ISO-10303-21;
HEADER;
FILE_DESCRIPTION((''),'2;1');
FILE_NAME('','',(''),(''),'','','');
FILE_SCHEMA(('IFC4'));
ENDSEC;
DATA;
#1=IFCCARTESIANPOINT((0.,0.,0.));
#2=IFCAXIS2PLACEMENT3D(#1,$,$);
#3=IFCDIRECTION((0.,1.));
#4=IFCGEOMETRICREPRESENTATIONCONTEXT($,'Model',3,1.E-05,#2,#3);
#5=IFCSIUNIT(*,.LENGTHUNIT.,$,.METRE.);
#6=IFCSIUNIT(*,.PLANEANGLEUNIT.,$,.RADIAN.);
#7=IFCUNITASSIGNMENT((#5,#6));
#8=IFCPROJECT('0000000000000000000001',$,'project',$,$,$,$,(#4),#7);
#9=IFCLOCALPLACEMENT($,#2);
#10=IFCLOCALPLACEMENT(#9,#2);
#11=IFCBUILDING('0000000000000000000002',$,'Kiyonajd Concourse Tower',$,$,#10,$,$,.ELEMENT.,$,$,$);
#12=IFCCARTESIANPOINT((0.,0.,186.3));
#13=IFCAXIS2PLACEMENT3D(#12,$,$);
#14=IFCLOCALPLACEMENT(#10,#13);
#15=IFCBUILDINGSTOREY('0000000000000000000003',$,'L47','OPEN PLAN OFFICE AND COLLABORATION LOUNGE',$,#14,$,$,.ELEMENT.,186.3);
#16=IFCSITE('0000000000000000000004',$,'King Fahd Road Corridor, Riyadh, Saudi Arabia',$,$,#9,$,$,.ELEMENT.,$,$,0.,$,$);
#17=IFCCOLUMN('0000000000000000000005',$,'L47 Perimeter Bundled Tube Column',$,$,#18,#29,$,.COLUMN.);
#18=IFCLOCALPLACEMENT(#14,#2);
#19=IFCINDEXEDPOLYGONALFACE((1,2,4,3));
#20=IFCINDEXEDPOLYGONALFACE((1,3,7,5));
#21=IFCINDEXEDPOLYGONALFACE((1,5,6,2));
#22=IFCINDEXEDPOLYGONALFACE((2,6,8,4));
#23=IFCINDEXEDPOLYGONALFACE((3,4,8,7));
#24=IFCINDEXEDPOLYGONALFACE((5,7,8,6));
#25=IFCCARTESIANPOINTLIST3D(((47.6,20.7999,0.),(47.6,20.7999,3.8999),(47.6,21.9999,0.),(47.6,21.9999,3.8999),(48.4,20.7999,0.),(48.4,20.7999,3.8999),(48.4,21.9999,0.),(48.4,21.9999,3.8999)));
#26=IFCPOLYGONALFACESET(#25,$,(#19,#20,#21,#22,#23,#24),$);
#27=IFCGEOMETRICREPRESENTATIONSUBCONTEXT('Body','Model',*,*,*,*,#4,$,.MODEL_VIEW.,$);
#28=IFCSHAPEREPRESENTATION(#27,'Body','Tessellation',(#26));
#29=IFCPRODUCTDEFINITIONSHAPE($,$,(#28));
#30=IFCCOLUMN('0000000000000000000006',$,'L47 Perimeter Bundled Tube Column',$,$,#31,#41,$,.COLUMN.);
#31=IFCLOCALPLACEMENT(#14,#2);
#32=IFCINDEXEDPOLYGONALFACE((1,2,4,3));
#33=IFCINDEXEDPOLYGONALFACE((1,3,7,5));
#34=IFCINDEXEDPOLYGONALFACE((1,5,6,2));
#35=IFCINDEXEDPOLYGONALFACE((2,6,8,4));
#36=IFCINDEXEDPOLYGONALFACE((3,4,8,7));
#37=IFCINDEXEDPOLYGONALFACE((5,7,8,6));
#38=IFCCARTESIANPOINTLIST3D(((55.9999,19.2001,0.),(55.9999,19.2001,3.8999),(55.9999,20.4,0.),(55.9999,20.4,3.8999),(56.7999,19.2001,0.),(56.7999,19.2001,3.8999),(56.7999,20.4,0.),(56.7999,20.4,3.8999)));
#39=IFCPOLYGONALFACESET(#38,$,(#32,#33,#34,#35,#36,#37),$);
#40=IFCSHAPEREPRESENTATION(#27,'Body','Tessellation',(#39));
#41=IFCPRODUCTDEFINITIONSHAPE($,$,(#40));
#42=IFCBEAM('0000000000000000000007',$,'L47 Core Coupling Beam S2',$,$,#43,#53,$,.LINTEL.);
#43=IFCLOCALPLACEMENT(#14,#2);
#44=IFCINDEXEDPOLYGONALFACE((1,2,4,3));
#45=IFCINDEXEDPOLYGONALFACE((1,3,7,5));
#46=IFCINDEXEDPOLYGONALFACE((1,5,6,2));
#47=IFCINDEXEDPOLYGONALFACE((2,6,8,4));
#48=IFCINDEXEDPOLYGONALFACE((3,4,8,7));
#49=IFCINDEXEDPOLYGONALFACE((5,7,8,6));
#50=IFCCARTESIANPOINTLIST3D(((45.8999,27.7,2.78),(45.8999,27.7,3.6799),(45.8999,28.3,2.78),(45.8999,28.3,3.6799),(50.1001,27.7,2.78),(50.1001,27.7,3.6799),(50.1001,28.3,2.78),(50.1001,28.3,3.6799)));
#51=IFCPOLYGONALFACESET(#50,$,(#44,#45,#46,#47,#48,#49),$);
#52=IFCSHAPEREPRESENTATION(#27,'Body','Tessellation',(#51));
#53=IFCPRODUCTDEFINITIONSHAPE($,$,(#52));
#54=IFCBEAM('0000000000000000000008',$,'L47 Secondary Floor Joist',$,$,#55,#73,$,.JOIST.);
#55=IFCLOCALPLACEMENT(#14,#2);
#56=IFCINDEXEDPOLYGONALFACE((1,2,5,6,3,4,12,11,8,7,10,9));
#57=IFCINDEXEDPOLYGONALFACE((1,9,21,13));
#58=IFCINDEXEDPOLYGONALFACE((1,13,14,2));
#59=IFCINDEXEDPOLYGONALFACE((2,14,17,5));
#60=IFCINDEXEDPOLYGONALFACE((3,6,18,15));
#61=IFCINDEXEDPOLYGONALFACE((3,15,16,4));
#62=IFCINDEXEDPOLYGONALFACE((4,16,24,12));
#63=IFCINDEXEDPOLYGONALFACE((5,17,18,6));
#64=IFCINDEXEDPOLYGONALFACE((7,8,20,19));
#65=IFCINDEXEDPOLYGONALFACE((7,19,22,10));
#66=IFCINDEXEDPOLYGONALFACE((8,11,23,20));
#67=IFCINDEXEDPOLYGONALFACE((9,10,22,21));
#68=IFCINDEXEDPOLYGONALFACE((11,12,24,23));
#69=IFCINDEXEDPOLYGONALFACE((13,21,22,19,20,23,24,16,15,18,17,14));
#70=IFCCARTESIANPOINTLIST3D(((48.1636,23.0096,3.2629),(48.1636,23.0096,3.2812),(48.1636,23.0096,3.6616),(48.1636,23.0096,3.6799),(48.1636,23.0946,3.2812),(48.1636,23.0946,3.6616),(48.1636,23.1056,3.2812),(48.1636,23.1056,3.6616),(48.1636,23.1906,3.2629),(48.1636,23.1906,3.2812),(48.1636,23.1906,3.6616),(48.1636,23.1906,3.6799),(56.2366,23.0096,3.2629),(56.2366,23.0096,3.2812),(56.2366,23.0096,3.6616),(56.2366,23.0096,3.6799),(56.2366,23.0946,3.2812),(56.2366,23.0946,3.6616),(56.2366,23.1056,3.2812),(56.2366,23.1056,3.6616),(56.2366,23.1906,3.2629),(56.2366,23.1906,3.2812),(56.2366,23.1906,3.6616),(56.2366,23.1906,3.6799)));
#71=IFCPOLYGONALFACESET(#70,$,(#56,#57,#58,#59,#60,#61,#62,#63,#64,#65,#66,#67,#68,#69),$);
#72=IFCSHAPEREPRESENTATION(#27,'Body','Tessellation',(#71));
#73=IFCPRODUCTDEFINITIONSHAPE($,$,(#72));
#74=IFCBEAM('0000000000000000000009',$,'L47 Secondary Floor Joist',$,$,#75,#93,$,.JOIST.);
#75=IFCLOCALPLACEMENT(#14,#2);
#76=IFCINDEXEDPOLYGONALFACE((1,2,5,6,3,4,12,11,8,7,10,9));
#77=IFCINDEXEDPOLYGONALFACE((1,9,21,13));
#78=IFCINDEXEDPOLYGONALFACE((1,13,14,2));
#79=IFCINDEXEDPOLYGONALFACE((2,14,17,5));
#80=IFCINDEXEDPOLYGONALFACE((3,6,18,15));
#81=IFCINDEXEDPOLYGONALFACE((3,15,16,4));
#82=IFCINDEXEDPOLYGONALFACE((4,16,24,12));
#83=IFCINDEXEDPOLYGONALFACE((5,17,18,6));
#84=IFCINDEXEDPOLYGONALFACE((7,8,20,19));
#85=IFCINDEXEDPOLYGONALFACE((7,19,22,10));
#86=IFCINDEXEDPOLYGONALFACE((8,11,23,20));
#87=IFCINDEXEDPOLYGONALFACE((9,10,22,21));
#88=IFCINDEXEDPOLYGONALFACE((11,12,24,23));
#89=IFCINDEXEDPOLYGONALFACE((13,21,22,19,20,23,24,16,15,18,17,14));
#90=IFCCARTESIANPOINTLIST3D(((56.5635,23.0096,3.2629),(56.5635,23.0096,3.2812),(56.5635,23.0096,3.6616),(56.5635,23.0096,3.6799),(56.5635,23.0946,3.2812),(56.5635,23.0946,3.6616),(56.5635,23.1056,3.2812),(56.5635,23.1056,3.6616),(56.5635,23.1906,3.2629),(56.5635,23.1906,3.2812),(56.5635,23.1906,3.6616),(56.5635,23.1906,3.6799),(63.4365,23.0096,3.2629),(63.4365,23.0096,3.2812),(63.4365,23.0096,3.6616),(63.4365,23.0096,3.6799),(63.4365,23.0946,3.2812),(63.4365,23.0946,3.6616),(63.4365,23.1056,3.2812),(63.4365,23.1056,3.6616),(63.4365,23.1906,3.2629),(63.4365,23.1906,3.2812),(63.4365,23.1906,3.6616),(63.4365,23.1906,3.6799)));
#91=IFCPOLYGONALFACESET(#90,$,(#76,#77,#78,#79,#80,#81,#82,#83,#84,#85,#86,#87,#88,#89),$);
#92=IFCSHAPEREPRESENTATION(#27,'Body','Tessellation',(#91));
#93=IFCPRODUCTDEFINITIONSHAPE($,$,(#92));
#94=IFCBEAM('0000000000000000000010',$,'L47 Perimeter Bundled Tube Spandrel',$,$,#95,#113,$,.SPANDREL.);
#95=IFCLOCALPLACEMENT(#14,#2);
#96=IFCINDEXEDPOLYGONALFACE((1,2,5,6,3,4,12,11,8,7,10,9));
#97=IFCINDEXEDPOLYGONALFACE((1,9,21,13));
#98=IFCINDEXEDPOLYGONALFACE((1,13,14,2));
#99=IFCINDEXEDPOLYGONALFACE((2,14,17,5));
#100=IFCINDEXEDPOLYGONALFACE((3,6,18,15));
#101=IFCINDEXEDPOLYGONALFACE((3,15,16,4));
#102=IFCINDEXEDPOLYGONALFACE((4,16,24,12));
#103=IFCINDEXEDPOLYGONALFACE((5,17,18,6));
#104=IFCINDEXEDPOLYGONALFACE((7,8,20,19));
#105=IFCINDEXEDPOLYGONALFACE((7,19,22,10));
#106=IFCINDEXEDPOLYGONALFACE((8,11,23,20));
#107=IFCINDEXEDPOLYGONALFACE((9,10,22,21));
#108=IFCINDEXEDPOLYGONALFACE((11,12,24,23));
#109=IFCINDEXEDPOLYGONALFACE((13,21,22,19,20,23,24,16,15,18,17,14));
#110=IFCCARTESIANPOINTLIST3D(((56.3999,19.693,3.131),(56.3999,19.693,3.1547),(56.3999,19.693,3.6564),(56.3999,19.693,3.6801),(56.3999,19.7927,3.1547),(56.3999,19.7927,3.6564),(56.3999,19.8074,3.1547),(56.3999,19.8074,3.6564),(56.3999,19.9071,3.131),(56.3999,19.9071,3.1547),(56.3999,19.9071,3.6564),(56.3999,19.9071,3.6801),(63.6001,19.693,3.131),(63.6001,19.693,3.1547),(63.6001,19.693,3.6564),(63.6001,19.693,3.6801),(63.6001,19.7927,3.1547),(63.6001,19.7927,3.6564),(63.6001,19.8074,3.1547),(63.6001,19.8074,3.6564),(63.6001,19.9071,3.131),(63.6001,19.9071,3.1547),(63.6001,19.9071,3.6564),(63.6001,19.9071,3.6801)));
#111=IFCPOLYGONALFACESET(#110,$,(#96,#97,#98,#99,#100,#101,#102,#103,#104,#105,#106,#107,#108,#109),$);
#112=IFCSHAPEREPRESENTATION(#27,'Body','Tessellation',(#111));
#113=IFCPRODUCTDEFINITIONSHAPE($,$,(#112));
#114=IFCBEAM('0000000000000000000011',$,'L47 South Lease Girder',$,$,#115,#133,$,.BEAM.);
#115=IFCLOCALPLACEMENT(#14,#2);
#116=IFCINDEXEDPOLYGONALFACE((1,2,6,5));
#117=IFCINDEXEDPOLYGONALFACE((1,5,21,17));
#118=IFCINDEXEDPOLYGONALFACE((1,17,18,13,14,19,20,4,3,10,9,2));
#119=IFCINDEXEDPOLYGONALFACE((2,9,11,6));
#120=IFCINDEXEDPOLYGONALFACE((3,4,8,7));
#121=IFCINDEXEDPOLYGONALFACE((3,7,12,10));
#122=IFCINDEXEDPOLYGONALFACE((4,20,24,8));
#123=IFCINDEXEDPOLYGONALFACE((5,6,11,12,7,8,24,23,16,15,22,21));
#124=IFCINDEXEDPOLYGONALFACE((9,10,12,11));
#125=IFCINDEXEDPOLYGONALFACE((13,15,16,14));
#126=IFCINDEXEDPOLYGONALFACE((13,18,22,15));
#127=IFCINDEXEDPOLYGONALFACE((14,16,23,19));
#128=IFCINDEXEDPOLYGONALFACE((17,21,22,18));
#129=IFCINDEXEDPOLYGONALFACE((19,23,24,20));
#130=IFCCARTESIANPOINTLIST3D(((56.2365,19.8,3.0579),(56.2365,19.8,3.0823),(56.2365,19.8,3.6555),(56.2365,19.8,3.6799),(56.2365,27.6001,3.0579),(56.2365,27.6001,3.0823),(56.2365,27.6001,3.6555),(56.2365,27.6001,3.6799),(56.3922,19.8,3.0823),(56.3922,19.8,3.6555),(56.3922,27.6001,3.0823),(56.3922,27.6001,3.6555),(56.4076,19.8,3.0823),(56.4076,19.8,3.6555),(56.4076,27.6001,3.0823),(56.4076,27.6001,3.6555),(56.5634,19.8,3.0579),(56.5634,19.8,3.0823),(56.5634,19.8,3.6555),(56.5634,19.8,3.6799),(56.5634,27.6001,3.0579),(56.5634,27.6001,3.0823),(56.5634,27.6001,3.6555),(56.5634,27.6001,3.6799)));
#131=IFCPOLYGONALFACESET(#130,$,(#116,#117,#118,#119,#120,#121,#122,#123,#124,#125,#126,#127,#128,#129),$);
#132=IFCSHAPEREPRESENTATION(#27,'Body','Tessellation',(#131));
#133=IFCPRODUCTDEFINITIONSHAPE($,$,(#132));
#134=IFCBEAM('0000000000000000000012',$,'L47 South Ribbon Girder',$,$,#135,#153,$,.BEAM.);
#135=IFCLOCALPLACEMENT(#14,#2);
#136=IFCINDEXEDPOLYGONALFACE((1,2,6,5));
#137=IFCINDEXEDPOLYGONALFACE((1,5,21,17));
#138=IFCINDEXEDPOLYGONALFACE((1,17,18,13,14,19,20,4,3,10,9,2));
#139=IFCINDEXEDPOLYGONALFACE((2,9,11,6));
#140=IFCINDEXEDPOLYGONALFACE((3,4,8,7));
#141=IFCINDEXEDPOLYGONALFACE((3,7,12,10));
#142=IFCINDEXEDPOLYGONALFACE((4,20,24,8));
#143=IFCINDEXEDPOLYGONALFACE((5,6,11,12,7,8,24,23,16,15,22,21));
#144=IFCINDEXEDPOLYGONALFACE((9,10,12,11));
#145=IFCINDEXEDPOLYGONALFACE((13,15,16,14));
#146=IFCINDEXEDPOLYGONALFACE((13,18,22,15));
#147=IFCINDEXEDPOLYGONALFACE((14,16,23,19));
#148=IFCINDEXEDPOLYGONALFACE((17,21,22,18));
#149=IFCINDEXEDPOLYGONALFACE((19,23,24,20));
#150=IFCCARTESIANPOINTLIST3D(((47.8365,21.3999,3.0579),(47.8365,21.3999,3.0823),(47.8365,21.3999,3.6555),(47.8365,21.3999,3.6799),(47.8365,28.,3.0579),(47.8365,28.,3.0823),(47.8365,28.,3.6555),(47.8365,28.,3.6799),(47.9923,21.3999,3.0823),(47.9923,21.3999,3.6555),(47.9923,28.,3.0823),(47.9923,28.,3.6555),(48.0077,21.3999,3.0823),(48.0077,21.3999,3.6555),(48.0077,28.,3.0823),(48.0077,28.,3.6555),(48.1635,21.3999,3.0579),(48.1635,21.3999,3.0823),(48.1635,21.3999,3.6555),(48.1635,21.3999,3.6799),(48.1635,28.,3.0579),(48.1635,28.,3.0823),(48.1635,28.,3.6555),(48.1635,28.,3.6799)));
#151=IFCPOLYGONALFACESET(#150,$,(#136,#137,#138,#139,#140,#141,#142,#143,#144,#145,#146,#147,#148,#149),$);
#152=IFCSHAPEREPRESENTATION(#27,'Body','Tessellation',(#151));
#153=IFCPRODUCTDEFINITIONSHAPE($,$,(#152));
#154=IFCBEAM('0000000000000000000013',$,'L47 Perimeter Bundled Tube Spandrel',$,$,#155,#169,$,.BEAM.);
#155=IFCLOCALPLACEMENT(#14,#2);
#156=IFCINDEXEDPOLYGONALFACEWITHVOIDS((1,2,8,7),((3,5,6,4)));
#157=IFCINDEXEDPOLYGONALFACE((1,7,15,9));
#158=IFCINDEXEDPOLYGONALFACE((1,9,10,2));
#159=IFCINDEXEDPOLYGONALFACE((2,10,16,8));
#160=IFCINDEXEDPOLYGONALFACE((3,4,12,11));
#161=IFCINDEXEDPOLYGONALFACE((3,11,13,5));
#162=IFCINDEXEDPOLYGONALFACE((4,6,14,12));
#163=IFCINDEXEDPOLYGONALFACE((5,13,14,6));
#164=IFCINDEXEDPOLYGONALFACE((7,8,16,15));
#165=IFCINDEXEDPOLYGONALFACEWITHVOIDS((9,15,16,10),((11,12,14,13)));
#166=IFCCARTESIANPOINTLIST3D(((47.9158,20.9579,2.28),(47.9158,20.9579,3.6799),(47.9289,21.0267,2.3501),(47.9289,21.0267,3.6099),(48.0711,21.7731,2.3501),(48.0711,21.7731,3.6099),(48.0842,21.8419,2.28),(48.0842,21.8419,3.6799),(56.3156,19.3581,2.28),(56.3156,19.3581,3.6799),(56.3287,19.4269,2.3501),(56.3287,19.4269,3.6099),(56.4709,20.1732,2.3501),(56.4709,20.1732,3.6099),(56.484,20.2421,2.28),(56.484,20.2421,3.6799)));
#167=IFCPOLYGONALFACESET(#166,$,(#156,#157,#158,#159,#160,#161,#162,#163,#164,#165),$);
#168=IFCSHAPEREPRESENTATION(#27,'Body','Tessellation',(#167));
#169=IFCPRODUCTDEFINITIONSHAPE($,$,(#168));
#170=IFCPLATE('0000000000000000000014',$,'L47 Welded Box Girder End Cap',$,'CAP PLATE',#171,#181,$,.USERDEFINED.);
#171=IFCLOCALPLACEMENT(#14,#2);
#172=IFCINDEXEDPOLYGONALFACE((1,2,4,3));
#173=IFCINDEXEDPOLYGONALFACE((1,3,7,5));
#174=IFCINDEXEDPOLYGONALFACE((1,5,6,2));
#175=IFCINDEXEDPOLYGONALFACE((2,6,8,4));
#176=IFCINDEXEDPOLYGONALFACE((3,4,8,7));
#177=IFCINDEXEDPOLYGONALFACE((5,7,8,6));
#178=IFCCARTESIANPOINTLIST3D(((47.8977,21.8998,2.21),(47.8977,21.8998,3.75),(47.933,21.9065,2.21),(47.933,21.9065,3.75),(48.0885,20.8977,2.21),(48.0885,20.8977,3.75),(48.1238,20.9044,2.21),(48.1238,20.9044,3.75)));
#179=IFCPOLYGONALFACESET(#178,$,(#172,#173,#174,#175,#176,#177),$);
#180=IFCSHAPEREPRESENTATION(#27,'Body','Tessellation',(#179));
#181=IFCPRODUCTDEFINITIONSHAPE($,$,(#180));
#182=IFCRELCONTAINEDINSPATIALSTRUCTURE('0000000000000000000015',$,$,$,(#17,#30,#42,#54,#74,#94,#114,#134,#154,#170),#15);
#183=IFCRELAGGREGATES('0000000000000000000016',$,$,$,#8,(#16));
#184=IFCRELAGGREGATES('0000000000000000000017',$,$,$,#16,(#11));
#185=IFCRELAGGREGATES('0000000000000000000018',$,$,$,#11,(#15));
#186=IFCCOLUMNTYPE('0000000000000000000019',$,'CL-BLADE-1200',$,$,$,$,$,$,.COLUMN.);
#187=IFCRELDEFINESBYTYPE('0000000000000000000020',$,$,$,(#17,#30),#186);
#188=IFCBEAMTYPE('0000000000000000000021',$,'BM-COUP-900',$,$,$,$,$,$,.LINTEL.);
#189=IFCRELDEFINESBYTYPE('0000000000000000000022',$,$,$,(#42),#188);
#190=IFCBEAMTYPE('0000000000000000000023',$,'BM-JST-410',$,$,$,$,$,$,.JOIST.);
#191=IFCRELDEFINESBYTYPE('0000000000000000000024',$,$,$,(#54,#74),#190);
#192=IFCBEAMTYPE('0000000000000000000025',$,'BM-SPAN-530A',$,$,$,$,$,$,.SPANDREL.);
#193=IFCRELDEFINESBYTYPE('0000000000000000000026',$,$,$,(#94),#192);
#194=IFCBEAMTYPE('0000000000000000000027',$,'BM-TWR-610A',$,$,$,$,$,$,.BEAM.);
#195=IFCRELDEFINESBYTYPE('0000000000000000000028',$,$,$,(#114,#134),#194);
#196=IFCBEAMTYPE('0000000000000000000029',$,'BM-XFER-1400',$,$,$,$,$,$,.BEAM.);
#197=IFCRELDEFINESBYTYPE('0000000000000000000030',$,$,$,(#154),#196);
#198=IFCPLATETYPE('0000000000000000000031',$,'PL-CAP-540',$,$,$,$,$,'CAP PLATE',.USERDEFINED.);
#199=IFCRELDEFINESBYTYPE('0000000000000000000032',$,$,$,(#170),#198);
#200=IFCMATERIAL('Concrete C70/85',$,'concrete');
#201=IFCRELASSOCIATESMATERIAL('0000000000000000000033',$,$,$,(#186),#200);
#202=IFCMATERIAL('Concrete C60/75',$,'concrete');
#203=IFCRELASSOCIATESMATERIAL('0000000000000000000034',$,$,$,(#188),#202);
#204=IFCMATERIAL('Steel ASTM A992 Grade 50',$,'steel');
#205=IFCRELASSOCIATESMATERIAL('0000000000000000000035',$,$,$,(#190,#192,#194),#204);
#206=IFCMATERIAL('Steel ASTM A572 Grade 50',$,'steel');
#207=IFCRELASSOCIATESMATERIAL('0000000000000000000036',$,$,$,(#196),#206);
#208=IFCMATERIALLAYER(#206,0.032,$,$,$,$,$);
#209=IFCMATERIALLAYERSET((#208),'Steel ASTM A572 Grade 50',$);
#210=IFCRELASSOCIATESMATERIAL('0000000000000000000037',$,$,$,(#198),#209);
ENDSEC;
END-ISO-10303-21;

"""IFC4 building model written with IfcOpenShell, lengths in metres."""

from ifc_helpers import new_model, si_unit, direction, frame, origin, origin_2d, place, context, subcontext, project, spatial, rectangle, hollow_rectangle, i_section, extrude, material, layer, layer_set, material_profile, profile_set, type_object, element, save


model = new_model("IFC4")

# Units and contexts
model_context = context("Model", 3, precision=1e-05, world=origin(), true_north=direction((0.0, 1.0)))
body_context = subcontext(model_context, "Body", "Model", "MODEL_VIEW")
ifc_project = project(units=[si_unit("LENGTHUNIT", "METRE"), si_unit("PLANEANGLEUNIT", "RADIAN")], contexts=[model_context])

# Site, building, storey
site_placement = place(None, origin())
site = spatial("IfcSite", under=ifc_project, at=site_placement, Name="King Fahd Road Corridor, Riyadh, Saudi Arabia", CompositionType="ELEMENT", RefElevation=0.0)
building_placement = place(site_placement, origin())
building = spatial("IfcBuilding", under=site, at=building_placement, Name="Kiyonajd Concourse Tower", CompositionType="ELEMENT")
storey_placement = place(building_placement, frame((0.0, 0.0, 186.3)))
storey = spatial("IfcBuildingStorey", under=building, at=storey_placement, Name="L47", Description="OPEN PLAN OFFICE AND COLLABORATION LOUNGE", CompositionType="ELEMENT", Elevation=186.3)

# Columns
ifc_material_1 = material(Name="Concrete C70/85", Category="concrete")
ifc_material_profile_1 = material_profile(ifc_material_1, rectangle(XDim=0.8, YDim=1.2, at=origin_2d()), Name="RC-1200x800")
ifc_profile_set_1 = profile_set([ifc_material_profile_1], Name="Concrete C70/85")
column_type = type_object("IfcColumnType", Name="CL-BLADE-1200", PredefinedType="COLUMN", material=ifc_profile_set_1)
for number, where, z_axis, x_axis, name in (
    (1, (48.0, 21.3999, 0.0), (0.0, 0.0, 1.0), (1.0, 0.0, 0.0), "L47 Perimeter Bundled Tube Column"),
    (2, (56.3999, 19.8, 0.0), (0.0, 0.0, 1.0), (1.0, 0.0, 0.0), "L47 Perimeter Bundled Tube Column"),
):
    element("IfcColumn", number, at=place(storey_placement, frame(where, z_axis=z_axis, x_axis=x_axis)), inside=storey, type_object=column_type, Name=name, PredefinedType="COLUMN", context=body_context, shape_type="SweptSolid", body=[
        extrude(rectangle(XDim=0.8, YDim=1.2, at=origin_2d()), origin(), (0.0, 0.0, 1.0), 3.8999),
    ])

# Beams
ifc_material_2 = material(Name="Concrete C60/75", Category="concrete")
ifc_material_profile_2 = material_profile(ifc_material_2, rectangle(XDim=0.6001, YDim=0.8999, at=origin_2d()), Name="RCBM-600x900")
ifc_profile_set_2 = profile_set([ifc_material_profile_2], Name="Concrete C60/75")
beam_type_1 = type_object("IfcBeamType", Name="BM-COUP-900", PredefinedType="LINTEL", material=ifc_profile_set_2)
beam_1_placement = place(storey_placement, frame((45.8999, 28.0, 3.23), z_axis=(1.0, 0.0, 0.0), x_axis=(0.0, 1.0, 0.0)))
element("IfcBeam", 3, at=beam_1_placement, inside=storey, type_object=beam_type_1, Name="L47 Core Coupling Beam S2", PredefinedType="LINTEL", context=body_context, shape_type="SweptSolid", body=[
    extrude(rectangle(XDim=0.6001, YDim=0.8999, at=origin_2d()), origin(), (0.0, 0.0, 1.0), 4.2002),
])
ifc_material_3 = material(Name="Steel ASTM A992 Grade 50", Category="steel")
ifc_material_profile_3 = material_profile(ifc_material_3, i_section(OverallWidth=0.1809, OverallDepth=0.417, WebThickness=0.011, FlangeThickness=0.0183, at=origin_2d()), Name="W410X85")
ifc_profile_set_3 = profile_set([ifc_material_profile_3], Name="Steel ASTM A992 Grade 50")
beam_type_2 = type_object("IfcBeamType", Name="BM-JST-410", PredefinedType="JOIST", material=ifc_profile_set_3)
beam_2_placement = place(storey_placement, frame((48.1636, 23.1001, 3.4714), z_axis=(1.0, 0.0, 0.0), x_axis=(0.0, 1.0, 0.0)))
element("IfcBeam", 4, at=beam_2_placement, inside=storey, type_object=beam_type_2, Name="L47 Secondary Floor Joist", PredefinedType="JOIST", context=body_context, shape_type="SweptSolid", body=[
    extrude(i_section(OverallWidth=0.1809, OverallDepth=0.417, WebThickness=0.011, FlangeThickness=0.0183, at=origin_2d()), origin(), (0.0, 0.0, 1.0), 8.073),
])
beam_3_placement = place(storey_placement, frame((56.5635, 23.1001, 3.4714), z_axis=(1.0, 0.0, 0.0), x_axis=(0.0, 1.0, 0.0)))
element("IfcBeam", 5, at=beam_3_placement, inside=storey, type_object=beam_type_2, Name="L47 Secondary Floor Joist", PredefinedType="JOIST", context=body_context, shape_type="SweptSolid", body=[
    extrude(i_section(OverallWidth=0.1809, OverallDepth=0.417, WebThickness=0.011, FlangeThickness=0.0183, at=origin_2d()), origin(), (0.0, 0.0, 1.0), 6.873),
])
ifc_material_profile_4 = material_profile(ifc_material_3, i_section(OverallWidth=0.2141, OverallDepth=0.5491, WebThickness=0.0146, FlangeThickness=0.0237, at=origin_2d()), Name="W530X138")
ifc_profile_set_4 = profile_set([ifc_material_profile_4], Name="Steel ASTM A992 Grade 50")
beam_type_3 = type_object("IfcBeamType", Name="BM-SPAN-530A", PredefinedType="SPANDREL", material=ifc_profile_set_4)
beam_4_placement = place(storey_placement, frame((56.3999, 19.8, 3.4055), z_axis=(1.0, 0.0, 0.0), x_axis=(0.0, 1.0, 0.0)))
element("IfcBeam", 6, at=beam_4_placement, inside=storey, type_object=beam_type_3, Name="L47 Perimeter Bundled Tube Spandrel", PredefinedType="SPANDREL", context=body_context, shape_type="SweptSolid", body=[
    extrude(i_section(OverallWidth=0.2141, OverallDepth=0.5491, WebThickness=0.0146, FlangeThickness=0.0237, at=origin_2d()), origin(), (0.0, 0.0, 1.0), 7.2002),
])
ifc_material_profile_5 = material_profile(ifc_material_3, i_section(OverallWidth=0.3269, OverallDepth=0.6221, WebThickness=0.0154, FlangeThickness=0.0244, at=origin_2d()), Name="W610X195")
ifc_profile_set_5 = profile_set([ifc_material_profile_5], Name="Steel ASTM A992 Grade 50")
beam_type_4 = type_object("IfcBeamType", Name="BM-TWR-610A", PredefinedType="BEAM", material=ifc_profile_set_5)
beam_5_placement = place(storey_placement, frame((56.3999, 19.8, 3.3689), z_axis=(0.0, 1.0, 0.0), x_axis=(-1.0, 0.0, 0.0)))
element("IfcBeam", 7, at=beam_5_placement, inside=storey, type_object=beam_type_4, Name="L47 South Lease Girder", PredefinedType="BEAM", context=body_context, shape_type="SweptSolid", body=[
    extrude(i_section(OverallWidth=0.3269, OverallDepth=0.6221, WebThickness=0.0154, FlangeThickness=0.0244, at=origin_2d()), origin(), (0.0, 0.0, 1.0), 7.8),
])
beam_6_placement = place(storey_placement, frame((48.0, 21.3999, 3.3689), z_axis=(0.0, 1.0, 0.0), x_axis=(-1.0, 0.0, 0.0)))
element("IfcBeam", 8, at=beam_6_placement, inside=storey, type_object=beam_type_4, Name="L47 South Ribbon Girder", PredefinedType="BEAM", context=body_context, shape_type="SweptSolid", body=[
    extrude(i_section(OverallWidth=0.3269, OverallDepth=0.6221, WebThickness=0.0154, FlangeThickness=0.0244, at=origin_2d()), origin(), (0.0, 0.0, 1.0), 6.6001),
])
ifc_material_4 = material(Name="Steel ASTM A572 Grade 50", Category="steel")
ifc_material_profile_6 = material_profile(ifc_material_4, hollow_rectangle(XDim=0.8999, YDim=1.3999, WallThickness=0.0701, at=origin_2d()), Name="BOX-1400x900x70")
ifc_profile_set_6 = profile_set([ifc_material_profile_6], Name="Steel ASTM A572 Grade 50")
beam_type_5 = type_object("IfcBeamType", Name="BM-XFER-1400", PredefinedType="BEAM", material=ifc_profile_set_6)
beam_7_placement = place(storey_placement, frame((48.0, 21.3999, 2.98), z_axis=(0.982341, -0.187098, 0.0), x_axis=(0.187098, 0.982341, 0.0)))
element("IfcBeam", 9, at=beam_7_placement, inside=storey, type_object=beam_type_5, Name="L47 Perimeter Bundled Tube Spandrel", PredefinedType="BEAM", context=body_context, shape_type="SweptSolid", body=[
    extrude(hollow_rectangle(XDim=0.8999, YDim=1.3999, WallThickness=0.0701, at=origin_2d()), origin(), (0.0, 0.0, 1.0), 8.5508),
])

# Plate
ifc_layer_1 = layer(ifc_material_4, 0.032)
ifc_layer_set_1 = layer_set([ifc_layer_1], Name="Steel ASTM A572 Grade 50")
plate_type_1 = type_object("IfcPlateType", Name="PL-CAP-540", ElementType="CAP PLATE", PredefinedType="USERDEFINED", material=ifc_layer_set_1)
for number, where, z_axis, x_axis, name in (
    (10, (48.0107, 21.4021, 2.21), (0.0, 0.0, 1.0), (0.982353, 0.187038, 0.0), "L47 Welded Box Girder End Cap"),
):
    element("IfcPlate", number, at=place(storey_placement, frame(where, z_axis=z_axis, x_axis=x_axis)), inside=storey, type_object=plate_type_1, Name=name, ObjectType="CAP PLATE", PredefinedType="USERDEFINED", context=body_context, shape_type="SweptSolid", body=[
        extrude(rectangle(XDim=0.0359, YDim=1.02, at=origin_2d()), origin(), (0.0, 0.0, 1.0), 1.54),
    ])

save(model, "model.ifc")
